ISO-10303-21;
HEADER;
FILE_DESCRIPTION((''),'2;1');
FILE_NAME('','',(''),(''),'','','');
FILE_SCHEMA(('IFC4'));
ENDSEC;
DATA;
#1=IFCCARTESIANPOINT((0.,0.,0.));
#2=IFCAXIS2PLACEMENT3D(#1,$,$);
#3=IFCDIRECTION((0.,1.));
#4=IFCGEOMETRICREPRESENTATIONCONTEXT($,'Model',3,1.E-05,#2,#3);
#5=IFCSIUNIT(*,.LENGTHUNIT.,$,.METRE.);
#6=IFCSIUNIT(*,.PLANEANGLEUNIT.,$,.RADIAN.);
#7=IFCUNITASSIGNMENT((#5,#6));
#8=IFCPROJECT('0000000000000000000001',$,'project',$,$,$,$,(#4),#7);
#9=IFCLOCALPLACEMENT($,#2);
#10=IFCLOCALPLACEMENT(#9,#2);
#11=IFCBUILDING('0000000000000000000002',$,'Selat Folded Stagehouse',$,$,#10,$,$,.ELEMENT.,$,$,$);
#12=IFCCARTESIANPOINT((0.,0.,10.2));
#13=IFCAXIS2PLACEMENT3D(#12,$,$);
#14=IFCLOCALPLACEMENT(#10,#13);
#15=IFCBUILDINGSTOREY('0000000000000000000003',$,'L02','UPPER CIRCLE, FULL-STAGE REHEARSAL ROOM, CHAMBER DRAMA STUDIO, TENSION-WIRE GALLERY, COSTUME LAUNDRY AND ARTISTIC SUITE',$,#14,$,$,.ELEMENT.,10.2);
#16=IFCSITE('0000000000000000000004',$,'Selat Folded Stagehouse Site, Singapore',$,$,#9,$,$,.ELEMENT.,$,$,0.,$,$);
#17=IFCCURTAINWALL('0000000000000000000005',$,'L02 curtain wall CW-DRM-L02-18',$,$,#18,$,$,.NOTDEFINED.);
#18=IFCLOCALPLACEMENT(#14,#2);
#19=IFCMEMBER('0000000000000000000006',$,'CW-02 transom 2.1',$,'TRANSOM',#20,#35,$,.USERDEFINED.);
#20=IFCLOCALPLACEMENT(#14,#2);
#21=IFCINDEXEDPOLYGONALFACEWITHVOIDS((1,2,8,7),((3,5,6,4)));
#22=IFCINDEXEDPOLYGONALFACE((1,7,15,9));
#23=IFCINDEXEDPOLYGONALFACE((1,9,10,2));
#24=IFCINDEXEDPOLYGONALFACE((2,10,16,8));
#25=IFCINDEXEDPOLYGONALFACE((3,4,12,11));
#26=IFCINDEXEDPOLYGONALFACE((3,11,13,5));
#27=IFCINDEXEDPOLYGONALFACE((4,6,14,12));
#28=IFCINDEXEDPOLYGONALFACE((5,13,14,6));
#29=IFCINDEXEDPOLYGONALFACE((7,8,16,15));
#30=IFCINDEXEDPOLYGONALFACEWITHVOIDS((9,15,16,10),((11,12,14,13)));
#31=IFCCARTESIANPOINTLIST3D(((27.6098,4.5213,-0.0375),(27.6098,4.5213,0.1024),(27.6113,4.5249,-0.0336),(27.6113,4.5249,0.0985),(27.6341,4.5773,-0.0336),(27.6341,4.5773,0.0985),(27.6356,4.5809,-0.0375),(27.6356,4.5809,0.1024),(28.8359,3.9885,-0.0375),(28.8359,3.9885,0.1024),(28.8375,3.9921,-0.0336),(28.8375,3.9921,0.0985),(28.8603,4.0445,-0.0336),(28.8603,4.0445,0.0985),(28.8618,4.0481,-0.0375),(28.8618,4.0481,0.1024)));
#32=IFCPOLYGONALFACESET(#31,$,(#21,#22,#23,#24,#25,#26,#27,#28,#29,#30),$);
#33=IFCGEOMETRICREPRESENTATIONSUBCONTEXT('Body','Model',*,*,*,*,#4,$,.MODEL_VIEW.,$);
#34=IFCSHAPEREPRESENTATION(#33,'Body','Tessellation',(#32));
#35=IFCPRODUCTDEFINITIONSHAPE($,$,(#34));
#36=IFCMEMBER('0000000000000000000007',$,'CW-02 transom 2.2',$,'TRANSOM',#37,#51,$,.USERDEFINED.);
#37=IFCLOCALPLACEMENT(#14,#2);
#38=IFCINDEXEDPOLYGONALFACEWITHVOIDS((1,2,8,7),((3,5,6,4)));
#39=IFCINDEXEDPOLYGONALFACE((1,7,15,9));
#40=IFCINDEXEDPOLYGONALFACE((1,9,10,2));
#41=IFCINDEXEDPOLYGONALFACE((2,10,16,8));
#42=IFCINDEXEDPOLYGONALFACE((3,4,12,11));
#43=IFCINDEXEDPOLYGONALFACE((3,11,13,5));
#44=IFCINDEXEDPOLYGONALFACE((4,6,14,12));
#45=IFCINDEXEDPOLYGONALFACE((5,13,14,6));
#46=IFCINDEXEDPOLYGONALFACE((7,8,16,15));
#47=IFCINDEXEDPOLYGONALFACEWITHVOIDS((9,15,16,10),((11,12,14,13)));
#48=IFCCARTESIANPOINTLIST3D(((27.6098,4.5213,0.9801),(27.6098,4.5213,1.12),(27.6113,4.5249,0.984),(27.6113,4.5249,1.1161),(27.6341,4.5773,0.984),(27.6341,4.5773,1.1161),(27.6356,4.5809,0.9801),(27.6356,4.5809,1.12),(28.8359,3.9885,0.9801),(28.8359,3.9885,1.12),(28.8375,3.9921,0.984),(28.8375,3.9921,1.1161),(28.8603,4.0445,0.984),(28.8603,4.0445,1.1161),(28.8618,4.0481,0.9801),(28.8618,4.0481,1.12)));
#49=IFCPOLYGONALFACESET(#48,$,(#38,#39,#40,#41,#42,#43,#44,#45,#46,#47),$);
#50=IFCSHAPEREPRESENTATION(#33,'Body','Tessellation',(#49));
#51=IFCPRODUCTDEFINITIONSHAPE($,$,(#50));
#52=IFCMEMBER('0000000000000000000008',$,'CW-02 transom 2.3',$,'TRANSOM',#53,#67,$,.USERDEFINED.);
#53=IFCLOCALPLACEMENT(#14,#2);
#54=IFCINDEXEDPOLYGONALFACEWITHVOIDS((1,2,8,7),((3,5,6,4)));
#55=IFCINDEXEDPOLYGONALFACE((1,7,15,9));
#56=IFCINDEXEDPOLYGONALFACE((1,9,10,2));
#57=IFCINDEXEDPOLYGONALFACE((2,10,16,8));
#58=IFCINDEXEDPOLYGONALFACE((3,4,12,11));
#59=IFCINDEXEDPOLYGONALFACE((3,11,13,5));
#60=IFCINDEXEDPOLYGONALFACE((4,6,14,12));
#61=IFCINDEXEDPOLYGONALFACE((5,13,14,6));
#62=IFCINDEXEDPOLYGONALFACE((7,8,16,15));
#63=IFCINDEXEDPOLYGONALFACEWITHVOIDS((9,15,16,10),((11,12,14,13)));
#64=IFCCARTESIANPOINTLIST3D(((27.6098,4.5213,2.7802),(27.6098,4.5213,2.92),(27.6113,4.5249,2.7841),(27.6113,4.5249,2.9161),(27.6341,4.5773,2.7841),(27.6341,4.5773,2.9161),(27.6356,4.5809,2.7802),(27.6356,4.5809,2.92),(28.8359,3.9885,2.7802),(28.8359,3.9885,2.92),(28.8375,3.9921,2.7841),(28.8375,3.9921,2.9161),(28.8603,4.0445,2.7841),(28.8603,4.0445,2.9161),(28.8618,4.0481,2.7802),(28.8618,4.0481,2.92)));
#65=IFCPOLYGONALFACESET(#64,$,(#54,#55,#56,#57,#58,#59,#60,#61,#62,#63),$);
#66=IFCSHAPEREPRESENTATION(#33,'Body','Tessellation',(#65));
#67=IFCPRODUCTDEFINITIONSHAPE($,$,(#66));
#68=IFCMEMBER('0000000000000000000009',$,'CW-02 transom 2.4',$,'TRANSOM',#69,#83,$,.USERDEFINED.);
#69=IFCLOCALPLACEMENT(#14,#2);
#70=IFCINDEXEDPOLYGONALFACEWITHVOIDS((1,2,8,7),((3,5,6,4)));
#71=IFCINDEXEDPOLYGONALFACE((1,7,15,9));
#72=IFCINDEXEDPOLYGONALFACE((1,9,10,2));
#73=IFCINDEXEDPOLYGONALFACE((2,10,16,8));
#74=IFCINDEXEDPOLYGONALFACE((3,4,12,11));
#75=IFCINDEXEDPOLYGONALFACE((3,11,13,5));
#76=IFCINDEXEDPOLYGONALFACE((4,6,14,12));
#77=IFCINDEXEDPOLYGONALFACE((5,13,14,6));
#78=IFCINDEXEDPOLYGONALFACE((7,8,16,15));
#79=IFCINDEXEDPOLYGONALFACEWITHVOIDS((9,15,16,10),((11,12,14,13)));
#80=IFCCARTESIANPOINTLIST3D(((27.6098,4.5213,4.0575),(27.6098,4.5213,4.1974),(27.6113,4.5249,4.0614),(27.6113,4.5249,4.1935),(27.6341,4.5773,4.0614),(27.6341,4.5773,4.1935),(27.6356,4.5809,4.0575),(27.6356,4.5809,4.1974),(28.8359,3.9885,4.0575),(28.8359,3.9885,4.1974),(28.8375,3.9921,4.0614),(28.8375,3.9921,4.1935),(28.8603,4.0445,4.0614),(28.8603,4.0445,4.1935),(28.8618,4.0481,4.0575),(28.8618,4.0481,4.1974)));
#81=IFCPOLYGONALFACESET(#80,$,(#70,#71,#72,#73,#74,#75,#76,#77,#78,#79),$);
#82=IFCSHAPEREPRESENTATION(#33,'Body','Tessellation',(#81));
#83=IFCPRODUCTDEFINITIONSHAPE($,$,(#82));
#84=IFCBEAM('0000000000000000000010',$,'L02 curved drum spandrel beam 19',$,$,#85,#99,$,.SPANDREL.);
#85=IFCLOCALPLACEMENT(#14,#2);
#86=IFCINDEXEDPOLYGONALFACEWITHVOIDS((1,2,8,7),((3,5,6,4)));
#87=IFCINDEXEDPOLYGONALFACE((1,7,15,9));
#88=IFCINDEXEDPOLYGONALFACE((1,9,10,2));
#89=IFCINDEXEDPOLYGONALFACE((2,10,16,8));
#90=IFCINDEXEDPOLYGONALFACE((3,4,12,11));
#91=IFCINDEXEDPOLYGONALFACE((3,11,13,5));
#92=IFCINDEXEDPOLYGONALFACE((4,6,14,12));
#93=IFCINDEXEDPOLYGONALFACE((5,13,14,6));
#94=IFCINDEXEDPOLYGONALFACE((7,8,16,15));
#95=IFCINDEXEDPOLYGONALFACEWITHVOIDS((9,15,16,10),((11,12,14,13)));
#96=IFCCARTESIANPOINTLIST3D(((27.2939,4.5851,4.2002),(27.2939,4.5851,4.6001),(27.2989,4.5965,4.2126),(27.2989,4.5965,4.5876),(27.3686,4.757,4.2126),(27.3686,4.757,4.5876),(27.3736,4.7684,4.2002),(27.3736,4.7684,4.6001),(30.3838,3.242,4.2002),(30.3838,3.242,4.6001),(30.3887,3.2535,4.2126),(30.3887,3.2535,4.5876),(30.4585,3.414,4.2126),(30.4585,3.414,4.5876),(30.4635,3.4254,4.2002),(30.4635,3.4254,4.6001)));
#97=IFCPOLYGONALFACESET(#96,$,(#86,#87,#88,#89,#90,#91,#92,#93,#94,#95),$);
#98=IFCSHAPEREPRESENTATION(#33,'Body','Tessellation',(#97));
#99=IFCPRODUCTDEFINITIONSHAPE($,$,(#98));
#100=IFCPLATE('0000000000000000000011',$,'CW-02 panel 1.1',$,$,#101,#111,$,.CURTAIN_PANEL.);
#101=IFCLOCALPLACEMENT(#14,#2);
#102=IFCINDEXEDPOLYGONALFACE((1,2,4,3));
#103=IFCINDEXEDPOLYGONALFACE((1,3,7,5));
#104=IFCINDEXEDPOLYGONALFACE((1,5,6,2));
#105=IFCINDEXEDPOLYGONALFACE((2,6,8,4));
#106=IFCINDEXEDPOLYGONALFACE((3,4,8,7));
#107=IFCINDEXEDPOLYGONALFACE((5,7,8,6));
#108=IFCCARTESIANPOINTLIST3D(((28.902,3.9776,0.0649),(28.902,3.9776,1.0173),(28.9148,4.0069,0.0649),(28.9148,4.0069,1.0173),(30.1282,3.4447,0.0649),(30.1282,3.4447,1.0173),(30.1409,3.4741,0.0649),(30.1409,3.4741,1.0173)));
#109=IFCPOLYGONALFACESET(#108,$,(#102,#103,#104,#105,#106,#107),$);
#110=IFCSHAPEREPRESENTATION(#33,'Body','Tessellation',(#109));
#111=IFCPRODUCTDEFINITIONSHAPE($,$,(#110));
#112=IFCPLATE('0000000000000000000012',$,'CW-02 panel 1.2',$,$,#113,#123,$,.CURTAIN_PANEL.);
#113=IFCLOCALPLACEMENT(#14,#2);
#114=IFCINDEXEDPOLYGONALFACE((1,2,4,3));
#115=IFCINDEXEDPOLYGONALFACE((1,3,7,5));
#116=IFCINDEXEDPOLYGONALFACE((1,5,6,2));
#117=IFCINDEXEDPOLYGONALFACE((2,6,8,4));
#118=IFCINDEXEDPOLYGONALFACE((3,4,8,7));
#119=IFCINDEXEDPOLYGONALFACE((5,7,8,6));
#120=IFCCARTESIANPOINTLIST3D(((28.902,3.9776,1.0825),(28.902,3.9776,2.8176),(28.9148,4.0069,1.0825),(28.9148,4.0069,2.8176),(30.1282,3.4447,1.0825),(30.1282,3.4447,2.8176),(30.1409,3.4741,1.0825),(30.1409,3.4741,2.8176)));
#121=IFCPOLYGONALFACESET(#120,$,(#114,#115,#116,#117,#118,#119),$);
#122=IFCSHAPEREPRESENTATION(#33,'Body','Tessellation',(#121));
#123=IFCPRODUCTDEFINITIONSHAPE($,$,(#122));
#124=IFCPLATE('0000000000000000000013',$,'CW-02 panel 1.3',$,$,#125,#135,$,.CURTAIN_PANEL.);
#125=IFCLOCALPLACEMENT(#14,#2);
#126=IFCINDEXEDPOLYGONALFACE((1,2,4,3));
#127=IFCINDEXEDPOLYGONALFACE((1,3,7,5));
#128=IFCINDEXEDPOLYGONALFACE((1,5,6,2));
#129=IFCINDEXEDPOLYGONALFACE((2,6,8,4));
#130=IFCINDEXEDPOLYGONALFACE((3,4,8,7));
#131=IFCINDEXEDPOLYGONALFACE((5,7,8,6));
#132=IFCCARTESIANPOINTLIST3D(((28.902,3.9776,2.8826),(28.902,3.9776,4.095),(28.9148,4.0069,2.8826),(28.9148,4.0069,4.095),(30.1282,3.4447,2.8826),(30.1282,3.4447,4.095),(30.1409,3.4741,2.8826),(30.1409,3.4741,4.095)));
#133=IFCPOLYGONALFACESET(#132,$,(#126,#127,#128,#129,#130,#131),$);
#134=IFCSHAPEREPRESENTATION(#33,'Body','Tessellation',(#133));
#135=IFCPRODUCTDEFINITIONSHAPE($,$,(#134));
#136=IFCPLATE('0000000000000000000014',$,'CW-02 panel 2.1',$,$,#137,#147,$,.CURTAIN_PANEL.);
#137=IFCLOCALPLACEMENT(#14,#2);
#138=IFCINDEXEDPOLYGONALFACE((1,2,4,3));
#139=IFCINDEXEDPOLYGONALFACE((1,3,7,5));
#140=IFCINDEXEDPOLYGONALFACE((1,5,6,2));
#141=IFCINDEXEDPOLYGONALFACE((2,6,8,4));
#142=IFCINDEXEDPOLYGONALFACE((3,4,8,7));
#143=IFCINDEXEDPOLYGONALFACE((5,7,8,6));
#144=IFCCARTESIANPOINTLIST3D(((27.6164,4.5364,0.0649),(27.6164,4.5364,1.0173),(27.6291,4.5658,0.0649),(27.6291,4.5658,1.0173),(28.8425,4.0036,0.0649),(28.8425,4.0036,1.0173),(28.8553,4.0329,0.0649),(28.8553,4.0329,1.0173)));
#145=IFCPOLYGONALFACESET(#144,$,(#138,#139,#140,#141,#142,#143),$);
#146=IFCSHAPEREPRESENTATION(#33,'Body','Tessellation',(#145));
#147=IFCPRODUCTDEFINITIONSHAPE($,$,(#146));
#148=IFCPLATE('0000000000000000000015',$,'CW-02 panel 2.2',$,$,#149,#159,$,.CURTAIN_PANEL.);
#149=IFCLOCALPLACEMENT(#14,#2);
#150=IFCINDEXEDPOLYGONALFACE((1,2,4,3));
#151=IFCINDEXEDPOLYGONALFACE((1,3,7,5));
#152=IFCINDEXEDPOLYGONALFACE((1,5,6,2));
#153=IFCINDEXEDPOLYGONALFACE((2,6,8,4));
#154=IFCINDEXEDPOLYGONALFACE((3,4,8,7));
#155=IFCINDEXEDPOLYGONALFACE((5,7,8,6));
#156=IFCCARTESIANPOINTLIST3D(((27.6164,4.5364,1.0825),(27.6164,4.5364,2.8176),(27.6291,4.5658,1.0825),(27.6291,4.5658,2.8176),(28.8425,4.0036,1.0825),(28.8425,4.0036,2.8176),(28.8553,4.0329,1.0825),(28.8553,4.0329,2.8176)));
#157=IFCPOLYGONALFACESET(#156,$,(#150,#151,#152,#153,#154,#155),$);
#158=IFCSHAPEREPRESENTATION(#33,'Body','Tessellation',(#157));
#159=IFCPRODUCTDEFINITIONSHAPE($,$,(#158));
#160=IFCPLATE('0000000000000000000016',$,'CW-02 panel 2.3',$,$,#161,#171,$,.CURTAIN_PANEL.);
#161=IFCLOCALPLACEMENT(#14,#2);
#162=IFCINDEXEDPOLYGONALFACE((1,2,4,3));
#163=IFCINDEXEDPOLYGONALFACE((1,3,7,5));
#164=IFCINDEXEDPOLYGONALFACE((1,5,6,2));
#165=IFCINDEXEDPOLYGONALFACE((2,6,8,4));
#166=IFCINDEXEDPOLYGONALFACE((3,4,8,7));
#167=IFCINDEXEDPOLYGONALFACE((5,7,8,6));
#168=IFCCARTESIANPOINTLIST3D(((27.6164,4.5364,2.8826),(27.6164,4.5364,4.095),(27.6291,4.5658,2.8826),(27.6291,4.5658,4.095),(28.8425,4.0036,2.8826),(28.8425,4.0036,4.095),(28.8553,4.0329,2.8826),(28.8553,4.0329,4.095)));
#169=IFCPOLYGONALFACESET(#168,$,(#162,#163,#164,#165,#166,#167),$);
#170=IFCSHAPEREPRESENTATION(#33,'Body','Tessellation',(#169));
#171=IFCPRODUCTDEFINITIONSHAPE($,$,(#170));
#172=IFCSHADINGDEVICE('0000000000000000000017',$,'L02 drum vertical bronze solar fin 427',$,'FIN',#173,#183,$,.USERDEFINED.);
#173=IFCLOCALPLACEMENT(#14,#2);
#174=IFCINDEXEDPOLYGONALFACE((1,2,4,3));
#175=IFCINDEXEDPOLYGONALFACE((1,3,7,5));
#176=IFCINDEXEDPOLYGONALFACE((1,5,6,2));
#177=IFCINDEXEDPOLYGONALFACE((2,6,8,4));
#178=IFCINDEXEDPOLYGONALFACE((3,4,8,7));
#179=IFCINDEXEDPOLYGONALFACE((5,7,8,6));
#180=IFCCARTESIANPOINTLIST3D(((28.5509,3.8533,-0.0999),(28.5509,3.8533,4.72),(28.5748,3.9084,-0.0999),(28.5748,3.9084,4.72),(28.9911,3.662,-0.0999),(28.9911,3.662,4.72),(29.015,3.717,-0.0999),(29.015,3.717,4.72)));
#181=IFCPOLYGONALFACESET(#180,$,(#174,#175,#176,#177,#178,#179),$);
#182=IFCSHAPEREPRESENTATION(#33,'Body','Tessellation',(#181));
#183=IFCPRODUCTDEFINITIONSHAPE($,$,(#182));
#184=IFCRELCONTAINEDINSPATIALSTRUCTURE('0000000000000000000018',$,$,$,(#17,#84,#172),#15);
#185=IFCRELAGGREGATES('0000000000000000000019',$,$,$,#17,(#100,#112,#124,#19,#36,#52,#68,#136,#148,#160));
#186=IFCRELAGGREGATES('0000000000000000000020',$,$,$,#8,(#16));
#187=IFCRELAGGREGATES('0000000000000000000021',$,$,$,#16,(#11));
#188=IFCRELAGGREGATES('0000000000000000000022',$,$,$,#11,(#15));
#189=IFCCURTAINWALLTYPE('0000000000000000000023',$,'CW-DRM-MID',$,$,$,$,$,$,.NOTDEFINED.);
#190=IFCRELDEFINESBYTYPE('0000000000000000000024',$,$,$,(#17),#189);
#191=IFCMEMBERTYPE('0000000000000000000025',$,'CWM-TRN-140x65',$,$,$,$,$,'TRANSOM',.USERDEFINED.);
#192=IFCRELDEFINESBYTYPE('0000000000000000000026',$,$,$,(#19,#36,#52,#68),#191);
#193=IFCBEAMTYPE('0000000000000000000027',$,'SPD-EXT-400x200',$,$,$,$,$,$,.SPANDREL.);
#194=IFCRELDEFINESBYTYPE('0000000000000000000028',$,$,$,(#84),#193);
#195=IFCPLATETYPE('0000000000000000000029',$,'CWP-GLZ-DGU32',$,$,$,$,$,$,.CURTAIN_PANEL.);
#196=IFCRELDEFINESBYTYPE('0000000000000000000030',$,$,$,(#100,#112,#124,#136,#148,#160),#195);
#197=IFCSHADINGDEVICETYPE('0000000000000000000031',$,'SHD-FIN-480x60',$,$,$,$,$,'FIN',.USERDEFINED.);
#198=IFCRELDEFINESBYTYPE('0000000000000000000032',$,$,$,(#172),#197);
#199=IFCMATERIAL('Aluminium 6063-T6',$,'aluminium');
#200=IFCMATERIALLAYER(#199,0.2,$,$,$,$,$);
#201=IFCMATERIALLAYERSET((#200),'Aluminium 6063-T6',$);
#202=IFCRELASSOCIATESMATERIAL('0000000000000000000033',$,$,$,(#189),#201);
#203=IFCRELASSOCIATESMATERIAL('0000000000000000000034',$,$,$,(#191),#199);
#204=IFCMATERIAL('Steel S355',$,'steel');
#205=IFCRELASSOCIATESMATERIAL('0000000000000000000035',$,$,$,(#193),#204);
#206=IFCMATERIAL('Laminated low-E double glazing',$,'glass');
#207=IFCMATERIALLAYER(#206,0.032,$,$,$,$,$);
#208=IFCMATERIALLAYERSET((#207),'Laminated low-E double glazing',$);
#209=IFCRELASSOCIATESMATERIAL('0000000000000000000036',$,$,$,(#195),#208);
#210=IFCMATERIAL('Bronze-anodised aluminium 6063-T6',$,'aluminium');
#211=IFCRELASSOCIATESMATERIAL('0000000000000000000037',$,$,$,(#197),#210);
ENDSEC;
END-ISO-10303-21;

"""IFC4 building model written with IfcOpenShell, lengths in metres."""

from ifc_helpers import new_model, si_unit, direction, frame, origin, origin_2d, place, context, subcontext, project, spatial, rectangle, hollow_rectangle, extrude, material, layer, layer_set, material_profile, profile_set, type_object, element, aggregate, save


model = new_model("IFC4")

# Units and contexts
model_context = context("Model", 3, precision=1e-05, world=origin(), true_north=direction((0.0, 1.0)))
body_context = subcontext(model_context, "Body", "Model", "MODEL_VIEW")
ifc_project = project(units=[si_unit("LENGTHUNIT", "METRE"), si_unit("PLANEANGLEUNIT", "RADIAN")], contexts=[model_context])

# Site, building, storey
site_placement = place(None, origin())
site = spatial("IfcSite", under=ifc_project, at=site_placement, Name="Selat Folded Stagehouse Site, Singapore", CompositionType="ELEMENT", RefElevation=0.0)
building_placement = place(site_placement, origin())
building = spatial("IfcBuilding", under=site, at=building_placement, Name="Selat Folded Stagehouse", CompositionType="ELEMENT")
storey_placement = place(building_placement, frame((0.0, 0.0, 10.2)))
storey = spatial("IfcBuildingStorey", under=building, at=storey_placement, Name="L02", Description="UPPER CIRCLE, FULL-STAGE REHEARSAL ROOM, CHAMBER DRAMA STUDIO, TENSION-WIRE GALLERY, COSTUME LAUNDRY AND ARTISTIC SUITE", CompositionType="ELEMENT", Elevation=10.2)

# Shared definitions
ifc_material_1 = material(Name="Steel S355", Category="steel")

# Shared definitions
ifc_material_2 = material(Name="Aluminium 6063-T6", Category="aluminium")
ifc_layer_1 = layer(ifc_material_2, 0.2)
ifc_layer_set_1 = layer_set([ifc_layer_1], Name="Aluminium 6063-T6")
curtain_wall_type = type_object("IfcCurtainWallType", Name="CW-DRM-MID", PredefinedType="NOTDEFINED", material=ifc_layer_set_1)

# Curtain wall
curtain_wall_1_placement = place(storey_placement, origin())
curtain_wall_1 = element("IfcCurtainWall", 1, at=curtain_wall_1_placement, inside=storey, type_object=curtain_wall_type, Name="L02 curtain wall CW-DRM-L02-18", PredefinedType="NOTDEFINED")

# Members
ifc_material_profile_1 = material_profile(ifc_material_2, hollow_rectangle(XDim=0.0649, YDim=0.1399, WallThickness=0.0039, at=origin_2d()), Name="ALU 140x65x4.0")
ifc_profile_set_1 = profile_set([ifc_material_profile_1], Name="Aluminium 6063-T6")
member_type_1 = type_object("IfcMemberType", Name="CWM-TRN-140x65", ElementType="TRANSOM", PredefinedType="USERDEFINED", material=ifc_profile_set_1)
member_1_placement = place(storey_placement, frame((28.8489, 4.0183, 0.0325), z_axis=(-0.917169, 0.398499, 0.0), x_axis=(-0.398499, -0.917169, 0.0)))
member_1 = element("IfcMember", 2, at=member_1_placement, type_object=member_type_1, Name="CW-02 transom 2.1", ObjectType="TRANSOM", PredefinedType="USERDEFINED", context=body_context, shape_type="SweptSolid", body=[
    extrude(hollow_rectangle(XDim=0.0649, YDim=0.1399, WallThickness=0.0039, at=origin_2d()), origin(), (0.0, 0.0, 1.0), 1.3369),
])
member_2_placement = place(storey_placement, frame((28.8489, 4.0183, 1.05), z_axis=(-0.917169, 0.398499, 0.0), x_axis=(-0.398499, -0.917169, 0.0)))
member_2 = element("IfcMember", 3, at=member_2_placement, type_object=member_type_1, Name="CW-02 transom 2.2", ObjectType="TRANSOM", PredefinedType="USERDEFINED", context=body_context, shape_type="SweptSolid", body=[
    extrude(hollow_rectangle(XDim=0.0649, YDim=0.1399, WallThickness=0.0039, at=origin_2d()), origin(), (0.0, 0.0, 1.0), 1.3369),
])
member_3_placement = place(storey_placement, frame((28.8489, 4.0183, 2.8501), z_axis=(-0.917169, 0.398499, 0.0), x_axis=(-0.398499, -0.917169, 0.0)))
member_3 = element("IfcMember", 4, at=member_3_placement, type_object=member_type_1, Name="CW-02 transom 2.3", ObjectType="TRANSOM", PredefinedType="USERDEFINED", context=body_context, shape_type="SweptSolid", body=[
    extrude(hollow_rectangle(XDim=0.0649, YDim=0.1399, WallThickness=0.0039, at=origin_2d()), origin(), (0.0, 0.0, 1.0), 1.3369),
])
member_4_placement = place(storey_placement, frame((28.8489, 4.0183, 4.1274), z_axis=(-0.917169, 0.398499, 0.0), x_axis=(-0.398499, -0.917169, 0.0)))
member_4 = element("IfcMember", 5, at=member_4_placement, type_object=member_type_1, Name="CW-02 transom 2.4", ObjectType="TRANSOM", PredefinedType="USERDEFINED", context=body_context, shape_type="SweptSolid", body=[
    extrude(hollow_rectangle(XDim=0.0649, YDim=0.1399, WallThickness=0.0039, at=origin_2d()), origin(), (0.0, 0.0, 1.0), 1.3369),
])

# Beam
ifc_material_profile_2 = material_profile(ifc_material_1, hollow_rectangle(XDim=0.2, YDim=0.3999, WallThickness=0.0125, at=origin_2d()), Name="RHS 400x200x12.5")
ifc_profile_set_2 = profile_set([ifc_material_profile_2], Name="Steel S355")
beam_type = type_object("IfcBeamType", Name="SPD-EXT-400x200", PredefinedType="SPANDREL", material=ifc_profile_set_2)
beam_placement = place(storey_placement, frame((27.3337, 4.6768, 4.4001), z_axis=(0.917113, -0.398628, 0.0), x_axis=(0.398628, 0.917113, 0.0)))
element("IfcBeam", 6, at=beam_placement, inside=storey, type_object=beam_type, Name="L02 curved drum spandrel beam 19", PredefinedType="SPANDREL", context=body_context, shape_type="SweptSolid", body=[
    extrude(hollow_rectangle(XDim=0.2, YDim=0.3999, WallThickness=0.0125, at=origin_2d()), origin(), (0.0, 0.0, 1.0), 3.3691),
])

# Plates
ifc_material_3 = material(Name="Laminated low-E double glazing", Category="glass")
ifc_layer_2 = layer(ifc_material_3, 0.032)
ifc_layer_set_2 = layer_set([ifc_layer_2], Name="Laminated low-E double glazing")
plate_type = type_object("IfcPlateType", Name="CWP-GLZ-DGU32", PredefinedType="CURTAIN_PANEL", material=ifc_layer_set_2)
plate_1_placement = place(storey_placement, frame((29.5215, 3.7258, 0.0649), z_axis=(0.0, 0.0, 1.0), x_axis=(-0.917134, 0.39858, 0.0)))
plate_1 = element("IfcPlate", 7, at=plate_1_placement, type_object=plate_type, Name="CW-02 panel 1.1", PredefinedType="CURTAIN_PANEL", context=body_context, shape_type="SweptSolid", body=[
    extrude(rectangle(XDim=1.3369, YDim=0.032, at=origin_2d()), origin(), (0.0, 0.0, 1.0), 0.9524),
])
plate_2_placement = place(storey_placement, frame((29.5215, 3.7258, 1.0825), z_axis=(0.0, 0.0, 1.0), x_axis=(-0.917134, 0.39858, 0.0)))
plate_2 = element("IfcPlate", 8, at=plate_2_placement, type_object=plate_type, Name="CW-02 panel 1.2", PredefinedType="CURTAIN_PANEL", context=body_context, shape_type="SweptSolid", body=[
    extrude(rectangle(XDim=1.3369, YDim=0.032, at=origin_2d()), origin(), (0.0, 0.0, 1.0), 1.7351),
])
plate_3_placement = place(storey_placement, frame((29.5215, 3.7258, 2.8826), z_axis=(0.0, 0.0, 1.0), x_axis=(-0.917134, 0.39858, 0.0)))
plate_3 = element("IfcPlate", 9, at=plate_3_placement, type_object=plate_type, Name="CW-02 panel 1.3", PredefinedType="CURTAIN_PANEL", context=body_context, shape_type="SweptSolid", body=[
    extrude(rectangle(XDim=1.3369, YDim=0.032, at=origin_2d()), origin(), (0.0, 0.0, 1.0), 1.2124),
])
plate_4_placement = place(storey_placement, frame((28.2358, 4.2847, 0.0649), z_axis=(0.0, 0.0, 1.0), x_axis=(-0.917134, 0.39858, 0.0)))
plate_4 = element("IfcPlate", 10, at=plate_4_placement, type_object=plate_type, Name="CW-02 panel 2.1", PredefinedType="CURTAIN_PANEL", context=body_context, shape_type="SweptSolid", body=[
    extrude(rectangle(XDim=1.3369, YDim=0.032, at=origin_2d()), origin(), (0.0, 0.0, 1.0), 0.9524),
])
plate_5_placement = place(storey_placement, frame((28.2358, 4.2847, 1.0825), z_axis=(0.0, 0.0, 1.0), x_axis=(-0.917134, 0.39858, 0.0)))
plate_5 = element("IfcPlate", 11, at=plate_5_placement, type_object=plate_type, Name="CW-02 panel 2.2", PredefinedType="CURTAIN_PANEL", context=body_context, shape_type="SweptSolid", body=[
    extrude(rectangle(XDim=1.3369, YDim=0.032, at=origin_2d()), origin(), (0.0, 0.0, 1.0), 1.7351),
])
plate_6_placement = place(storey_placement, frame((28.2358, 4.2847, 2.8826), z_axis=(0.0, 0.0, 1.0), x_axis=(-0.917134, 0.39858, 0.0)))
plate_6 = element("IfcPlate", 12, at=plate_6_placement, type_object=plate_type, Name="CW-02 panel 2.3", PredefinedType="CURTAIN_PANEL", context=body_context, shape_type="SweptSolid", body=[
    extrude(rectangle(XDim=1.3369, YDim=0.032, at=origin_2d()), origin(), (0.0, 0.0, 1.0), 1.2124),
])
aggregate(curtain_wall_1, [plate_1, plate_2, plate_3, member_1, member_2, member_3, member_4, plate_4, plate_5, plate_6])

# Shading device
ifc_material_4 = material(Name="Bronze-anodised aluminium 6063-T6", Category="aluminium")
ifc_material_profile_3 = material_profile(ifc_material_4, rectangle(XDim=0.0601, YDim=0.48, at=origin_2d()), Name="SOLAR-FIN 480x60")
ifc_profile_set_3 = profile_set([ifc_material_profile_3], Name="Bronze-anodised aluminium 6063-T6")
shading_device_type = type_object("IfcShadingDeviceType", Name="SHD-FIN-480x60", ElementType="FIN", PredefinedType="USERDEFINED", material=ifc_profile_set_3)
shading_device_placement = place(storey_placement, frame((28.783, 3.7852, -0.0999), z_axis=(0.0, 0.0, 1.0), x_axis=(-0.398589, -0.91713, 0.0)))
element("IfcShadingDevice", 13, at=shading_device_placement, inside=storey, type_object=shading_device_type, Name="L02 drum vertical bronze solar fin 427", ObjectType="FIN", PredefinedType="USERDEFINED", context=body_context, shape_type="SweptSolid", body=[
    extrude(rectangle(XDim=0.0601, YDim=0.48, at=origin_2d()), origin(), (0.0, 0.0, 1.0), 4.8198),
])

save(model, "model.ifc")
